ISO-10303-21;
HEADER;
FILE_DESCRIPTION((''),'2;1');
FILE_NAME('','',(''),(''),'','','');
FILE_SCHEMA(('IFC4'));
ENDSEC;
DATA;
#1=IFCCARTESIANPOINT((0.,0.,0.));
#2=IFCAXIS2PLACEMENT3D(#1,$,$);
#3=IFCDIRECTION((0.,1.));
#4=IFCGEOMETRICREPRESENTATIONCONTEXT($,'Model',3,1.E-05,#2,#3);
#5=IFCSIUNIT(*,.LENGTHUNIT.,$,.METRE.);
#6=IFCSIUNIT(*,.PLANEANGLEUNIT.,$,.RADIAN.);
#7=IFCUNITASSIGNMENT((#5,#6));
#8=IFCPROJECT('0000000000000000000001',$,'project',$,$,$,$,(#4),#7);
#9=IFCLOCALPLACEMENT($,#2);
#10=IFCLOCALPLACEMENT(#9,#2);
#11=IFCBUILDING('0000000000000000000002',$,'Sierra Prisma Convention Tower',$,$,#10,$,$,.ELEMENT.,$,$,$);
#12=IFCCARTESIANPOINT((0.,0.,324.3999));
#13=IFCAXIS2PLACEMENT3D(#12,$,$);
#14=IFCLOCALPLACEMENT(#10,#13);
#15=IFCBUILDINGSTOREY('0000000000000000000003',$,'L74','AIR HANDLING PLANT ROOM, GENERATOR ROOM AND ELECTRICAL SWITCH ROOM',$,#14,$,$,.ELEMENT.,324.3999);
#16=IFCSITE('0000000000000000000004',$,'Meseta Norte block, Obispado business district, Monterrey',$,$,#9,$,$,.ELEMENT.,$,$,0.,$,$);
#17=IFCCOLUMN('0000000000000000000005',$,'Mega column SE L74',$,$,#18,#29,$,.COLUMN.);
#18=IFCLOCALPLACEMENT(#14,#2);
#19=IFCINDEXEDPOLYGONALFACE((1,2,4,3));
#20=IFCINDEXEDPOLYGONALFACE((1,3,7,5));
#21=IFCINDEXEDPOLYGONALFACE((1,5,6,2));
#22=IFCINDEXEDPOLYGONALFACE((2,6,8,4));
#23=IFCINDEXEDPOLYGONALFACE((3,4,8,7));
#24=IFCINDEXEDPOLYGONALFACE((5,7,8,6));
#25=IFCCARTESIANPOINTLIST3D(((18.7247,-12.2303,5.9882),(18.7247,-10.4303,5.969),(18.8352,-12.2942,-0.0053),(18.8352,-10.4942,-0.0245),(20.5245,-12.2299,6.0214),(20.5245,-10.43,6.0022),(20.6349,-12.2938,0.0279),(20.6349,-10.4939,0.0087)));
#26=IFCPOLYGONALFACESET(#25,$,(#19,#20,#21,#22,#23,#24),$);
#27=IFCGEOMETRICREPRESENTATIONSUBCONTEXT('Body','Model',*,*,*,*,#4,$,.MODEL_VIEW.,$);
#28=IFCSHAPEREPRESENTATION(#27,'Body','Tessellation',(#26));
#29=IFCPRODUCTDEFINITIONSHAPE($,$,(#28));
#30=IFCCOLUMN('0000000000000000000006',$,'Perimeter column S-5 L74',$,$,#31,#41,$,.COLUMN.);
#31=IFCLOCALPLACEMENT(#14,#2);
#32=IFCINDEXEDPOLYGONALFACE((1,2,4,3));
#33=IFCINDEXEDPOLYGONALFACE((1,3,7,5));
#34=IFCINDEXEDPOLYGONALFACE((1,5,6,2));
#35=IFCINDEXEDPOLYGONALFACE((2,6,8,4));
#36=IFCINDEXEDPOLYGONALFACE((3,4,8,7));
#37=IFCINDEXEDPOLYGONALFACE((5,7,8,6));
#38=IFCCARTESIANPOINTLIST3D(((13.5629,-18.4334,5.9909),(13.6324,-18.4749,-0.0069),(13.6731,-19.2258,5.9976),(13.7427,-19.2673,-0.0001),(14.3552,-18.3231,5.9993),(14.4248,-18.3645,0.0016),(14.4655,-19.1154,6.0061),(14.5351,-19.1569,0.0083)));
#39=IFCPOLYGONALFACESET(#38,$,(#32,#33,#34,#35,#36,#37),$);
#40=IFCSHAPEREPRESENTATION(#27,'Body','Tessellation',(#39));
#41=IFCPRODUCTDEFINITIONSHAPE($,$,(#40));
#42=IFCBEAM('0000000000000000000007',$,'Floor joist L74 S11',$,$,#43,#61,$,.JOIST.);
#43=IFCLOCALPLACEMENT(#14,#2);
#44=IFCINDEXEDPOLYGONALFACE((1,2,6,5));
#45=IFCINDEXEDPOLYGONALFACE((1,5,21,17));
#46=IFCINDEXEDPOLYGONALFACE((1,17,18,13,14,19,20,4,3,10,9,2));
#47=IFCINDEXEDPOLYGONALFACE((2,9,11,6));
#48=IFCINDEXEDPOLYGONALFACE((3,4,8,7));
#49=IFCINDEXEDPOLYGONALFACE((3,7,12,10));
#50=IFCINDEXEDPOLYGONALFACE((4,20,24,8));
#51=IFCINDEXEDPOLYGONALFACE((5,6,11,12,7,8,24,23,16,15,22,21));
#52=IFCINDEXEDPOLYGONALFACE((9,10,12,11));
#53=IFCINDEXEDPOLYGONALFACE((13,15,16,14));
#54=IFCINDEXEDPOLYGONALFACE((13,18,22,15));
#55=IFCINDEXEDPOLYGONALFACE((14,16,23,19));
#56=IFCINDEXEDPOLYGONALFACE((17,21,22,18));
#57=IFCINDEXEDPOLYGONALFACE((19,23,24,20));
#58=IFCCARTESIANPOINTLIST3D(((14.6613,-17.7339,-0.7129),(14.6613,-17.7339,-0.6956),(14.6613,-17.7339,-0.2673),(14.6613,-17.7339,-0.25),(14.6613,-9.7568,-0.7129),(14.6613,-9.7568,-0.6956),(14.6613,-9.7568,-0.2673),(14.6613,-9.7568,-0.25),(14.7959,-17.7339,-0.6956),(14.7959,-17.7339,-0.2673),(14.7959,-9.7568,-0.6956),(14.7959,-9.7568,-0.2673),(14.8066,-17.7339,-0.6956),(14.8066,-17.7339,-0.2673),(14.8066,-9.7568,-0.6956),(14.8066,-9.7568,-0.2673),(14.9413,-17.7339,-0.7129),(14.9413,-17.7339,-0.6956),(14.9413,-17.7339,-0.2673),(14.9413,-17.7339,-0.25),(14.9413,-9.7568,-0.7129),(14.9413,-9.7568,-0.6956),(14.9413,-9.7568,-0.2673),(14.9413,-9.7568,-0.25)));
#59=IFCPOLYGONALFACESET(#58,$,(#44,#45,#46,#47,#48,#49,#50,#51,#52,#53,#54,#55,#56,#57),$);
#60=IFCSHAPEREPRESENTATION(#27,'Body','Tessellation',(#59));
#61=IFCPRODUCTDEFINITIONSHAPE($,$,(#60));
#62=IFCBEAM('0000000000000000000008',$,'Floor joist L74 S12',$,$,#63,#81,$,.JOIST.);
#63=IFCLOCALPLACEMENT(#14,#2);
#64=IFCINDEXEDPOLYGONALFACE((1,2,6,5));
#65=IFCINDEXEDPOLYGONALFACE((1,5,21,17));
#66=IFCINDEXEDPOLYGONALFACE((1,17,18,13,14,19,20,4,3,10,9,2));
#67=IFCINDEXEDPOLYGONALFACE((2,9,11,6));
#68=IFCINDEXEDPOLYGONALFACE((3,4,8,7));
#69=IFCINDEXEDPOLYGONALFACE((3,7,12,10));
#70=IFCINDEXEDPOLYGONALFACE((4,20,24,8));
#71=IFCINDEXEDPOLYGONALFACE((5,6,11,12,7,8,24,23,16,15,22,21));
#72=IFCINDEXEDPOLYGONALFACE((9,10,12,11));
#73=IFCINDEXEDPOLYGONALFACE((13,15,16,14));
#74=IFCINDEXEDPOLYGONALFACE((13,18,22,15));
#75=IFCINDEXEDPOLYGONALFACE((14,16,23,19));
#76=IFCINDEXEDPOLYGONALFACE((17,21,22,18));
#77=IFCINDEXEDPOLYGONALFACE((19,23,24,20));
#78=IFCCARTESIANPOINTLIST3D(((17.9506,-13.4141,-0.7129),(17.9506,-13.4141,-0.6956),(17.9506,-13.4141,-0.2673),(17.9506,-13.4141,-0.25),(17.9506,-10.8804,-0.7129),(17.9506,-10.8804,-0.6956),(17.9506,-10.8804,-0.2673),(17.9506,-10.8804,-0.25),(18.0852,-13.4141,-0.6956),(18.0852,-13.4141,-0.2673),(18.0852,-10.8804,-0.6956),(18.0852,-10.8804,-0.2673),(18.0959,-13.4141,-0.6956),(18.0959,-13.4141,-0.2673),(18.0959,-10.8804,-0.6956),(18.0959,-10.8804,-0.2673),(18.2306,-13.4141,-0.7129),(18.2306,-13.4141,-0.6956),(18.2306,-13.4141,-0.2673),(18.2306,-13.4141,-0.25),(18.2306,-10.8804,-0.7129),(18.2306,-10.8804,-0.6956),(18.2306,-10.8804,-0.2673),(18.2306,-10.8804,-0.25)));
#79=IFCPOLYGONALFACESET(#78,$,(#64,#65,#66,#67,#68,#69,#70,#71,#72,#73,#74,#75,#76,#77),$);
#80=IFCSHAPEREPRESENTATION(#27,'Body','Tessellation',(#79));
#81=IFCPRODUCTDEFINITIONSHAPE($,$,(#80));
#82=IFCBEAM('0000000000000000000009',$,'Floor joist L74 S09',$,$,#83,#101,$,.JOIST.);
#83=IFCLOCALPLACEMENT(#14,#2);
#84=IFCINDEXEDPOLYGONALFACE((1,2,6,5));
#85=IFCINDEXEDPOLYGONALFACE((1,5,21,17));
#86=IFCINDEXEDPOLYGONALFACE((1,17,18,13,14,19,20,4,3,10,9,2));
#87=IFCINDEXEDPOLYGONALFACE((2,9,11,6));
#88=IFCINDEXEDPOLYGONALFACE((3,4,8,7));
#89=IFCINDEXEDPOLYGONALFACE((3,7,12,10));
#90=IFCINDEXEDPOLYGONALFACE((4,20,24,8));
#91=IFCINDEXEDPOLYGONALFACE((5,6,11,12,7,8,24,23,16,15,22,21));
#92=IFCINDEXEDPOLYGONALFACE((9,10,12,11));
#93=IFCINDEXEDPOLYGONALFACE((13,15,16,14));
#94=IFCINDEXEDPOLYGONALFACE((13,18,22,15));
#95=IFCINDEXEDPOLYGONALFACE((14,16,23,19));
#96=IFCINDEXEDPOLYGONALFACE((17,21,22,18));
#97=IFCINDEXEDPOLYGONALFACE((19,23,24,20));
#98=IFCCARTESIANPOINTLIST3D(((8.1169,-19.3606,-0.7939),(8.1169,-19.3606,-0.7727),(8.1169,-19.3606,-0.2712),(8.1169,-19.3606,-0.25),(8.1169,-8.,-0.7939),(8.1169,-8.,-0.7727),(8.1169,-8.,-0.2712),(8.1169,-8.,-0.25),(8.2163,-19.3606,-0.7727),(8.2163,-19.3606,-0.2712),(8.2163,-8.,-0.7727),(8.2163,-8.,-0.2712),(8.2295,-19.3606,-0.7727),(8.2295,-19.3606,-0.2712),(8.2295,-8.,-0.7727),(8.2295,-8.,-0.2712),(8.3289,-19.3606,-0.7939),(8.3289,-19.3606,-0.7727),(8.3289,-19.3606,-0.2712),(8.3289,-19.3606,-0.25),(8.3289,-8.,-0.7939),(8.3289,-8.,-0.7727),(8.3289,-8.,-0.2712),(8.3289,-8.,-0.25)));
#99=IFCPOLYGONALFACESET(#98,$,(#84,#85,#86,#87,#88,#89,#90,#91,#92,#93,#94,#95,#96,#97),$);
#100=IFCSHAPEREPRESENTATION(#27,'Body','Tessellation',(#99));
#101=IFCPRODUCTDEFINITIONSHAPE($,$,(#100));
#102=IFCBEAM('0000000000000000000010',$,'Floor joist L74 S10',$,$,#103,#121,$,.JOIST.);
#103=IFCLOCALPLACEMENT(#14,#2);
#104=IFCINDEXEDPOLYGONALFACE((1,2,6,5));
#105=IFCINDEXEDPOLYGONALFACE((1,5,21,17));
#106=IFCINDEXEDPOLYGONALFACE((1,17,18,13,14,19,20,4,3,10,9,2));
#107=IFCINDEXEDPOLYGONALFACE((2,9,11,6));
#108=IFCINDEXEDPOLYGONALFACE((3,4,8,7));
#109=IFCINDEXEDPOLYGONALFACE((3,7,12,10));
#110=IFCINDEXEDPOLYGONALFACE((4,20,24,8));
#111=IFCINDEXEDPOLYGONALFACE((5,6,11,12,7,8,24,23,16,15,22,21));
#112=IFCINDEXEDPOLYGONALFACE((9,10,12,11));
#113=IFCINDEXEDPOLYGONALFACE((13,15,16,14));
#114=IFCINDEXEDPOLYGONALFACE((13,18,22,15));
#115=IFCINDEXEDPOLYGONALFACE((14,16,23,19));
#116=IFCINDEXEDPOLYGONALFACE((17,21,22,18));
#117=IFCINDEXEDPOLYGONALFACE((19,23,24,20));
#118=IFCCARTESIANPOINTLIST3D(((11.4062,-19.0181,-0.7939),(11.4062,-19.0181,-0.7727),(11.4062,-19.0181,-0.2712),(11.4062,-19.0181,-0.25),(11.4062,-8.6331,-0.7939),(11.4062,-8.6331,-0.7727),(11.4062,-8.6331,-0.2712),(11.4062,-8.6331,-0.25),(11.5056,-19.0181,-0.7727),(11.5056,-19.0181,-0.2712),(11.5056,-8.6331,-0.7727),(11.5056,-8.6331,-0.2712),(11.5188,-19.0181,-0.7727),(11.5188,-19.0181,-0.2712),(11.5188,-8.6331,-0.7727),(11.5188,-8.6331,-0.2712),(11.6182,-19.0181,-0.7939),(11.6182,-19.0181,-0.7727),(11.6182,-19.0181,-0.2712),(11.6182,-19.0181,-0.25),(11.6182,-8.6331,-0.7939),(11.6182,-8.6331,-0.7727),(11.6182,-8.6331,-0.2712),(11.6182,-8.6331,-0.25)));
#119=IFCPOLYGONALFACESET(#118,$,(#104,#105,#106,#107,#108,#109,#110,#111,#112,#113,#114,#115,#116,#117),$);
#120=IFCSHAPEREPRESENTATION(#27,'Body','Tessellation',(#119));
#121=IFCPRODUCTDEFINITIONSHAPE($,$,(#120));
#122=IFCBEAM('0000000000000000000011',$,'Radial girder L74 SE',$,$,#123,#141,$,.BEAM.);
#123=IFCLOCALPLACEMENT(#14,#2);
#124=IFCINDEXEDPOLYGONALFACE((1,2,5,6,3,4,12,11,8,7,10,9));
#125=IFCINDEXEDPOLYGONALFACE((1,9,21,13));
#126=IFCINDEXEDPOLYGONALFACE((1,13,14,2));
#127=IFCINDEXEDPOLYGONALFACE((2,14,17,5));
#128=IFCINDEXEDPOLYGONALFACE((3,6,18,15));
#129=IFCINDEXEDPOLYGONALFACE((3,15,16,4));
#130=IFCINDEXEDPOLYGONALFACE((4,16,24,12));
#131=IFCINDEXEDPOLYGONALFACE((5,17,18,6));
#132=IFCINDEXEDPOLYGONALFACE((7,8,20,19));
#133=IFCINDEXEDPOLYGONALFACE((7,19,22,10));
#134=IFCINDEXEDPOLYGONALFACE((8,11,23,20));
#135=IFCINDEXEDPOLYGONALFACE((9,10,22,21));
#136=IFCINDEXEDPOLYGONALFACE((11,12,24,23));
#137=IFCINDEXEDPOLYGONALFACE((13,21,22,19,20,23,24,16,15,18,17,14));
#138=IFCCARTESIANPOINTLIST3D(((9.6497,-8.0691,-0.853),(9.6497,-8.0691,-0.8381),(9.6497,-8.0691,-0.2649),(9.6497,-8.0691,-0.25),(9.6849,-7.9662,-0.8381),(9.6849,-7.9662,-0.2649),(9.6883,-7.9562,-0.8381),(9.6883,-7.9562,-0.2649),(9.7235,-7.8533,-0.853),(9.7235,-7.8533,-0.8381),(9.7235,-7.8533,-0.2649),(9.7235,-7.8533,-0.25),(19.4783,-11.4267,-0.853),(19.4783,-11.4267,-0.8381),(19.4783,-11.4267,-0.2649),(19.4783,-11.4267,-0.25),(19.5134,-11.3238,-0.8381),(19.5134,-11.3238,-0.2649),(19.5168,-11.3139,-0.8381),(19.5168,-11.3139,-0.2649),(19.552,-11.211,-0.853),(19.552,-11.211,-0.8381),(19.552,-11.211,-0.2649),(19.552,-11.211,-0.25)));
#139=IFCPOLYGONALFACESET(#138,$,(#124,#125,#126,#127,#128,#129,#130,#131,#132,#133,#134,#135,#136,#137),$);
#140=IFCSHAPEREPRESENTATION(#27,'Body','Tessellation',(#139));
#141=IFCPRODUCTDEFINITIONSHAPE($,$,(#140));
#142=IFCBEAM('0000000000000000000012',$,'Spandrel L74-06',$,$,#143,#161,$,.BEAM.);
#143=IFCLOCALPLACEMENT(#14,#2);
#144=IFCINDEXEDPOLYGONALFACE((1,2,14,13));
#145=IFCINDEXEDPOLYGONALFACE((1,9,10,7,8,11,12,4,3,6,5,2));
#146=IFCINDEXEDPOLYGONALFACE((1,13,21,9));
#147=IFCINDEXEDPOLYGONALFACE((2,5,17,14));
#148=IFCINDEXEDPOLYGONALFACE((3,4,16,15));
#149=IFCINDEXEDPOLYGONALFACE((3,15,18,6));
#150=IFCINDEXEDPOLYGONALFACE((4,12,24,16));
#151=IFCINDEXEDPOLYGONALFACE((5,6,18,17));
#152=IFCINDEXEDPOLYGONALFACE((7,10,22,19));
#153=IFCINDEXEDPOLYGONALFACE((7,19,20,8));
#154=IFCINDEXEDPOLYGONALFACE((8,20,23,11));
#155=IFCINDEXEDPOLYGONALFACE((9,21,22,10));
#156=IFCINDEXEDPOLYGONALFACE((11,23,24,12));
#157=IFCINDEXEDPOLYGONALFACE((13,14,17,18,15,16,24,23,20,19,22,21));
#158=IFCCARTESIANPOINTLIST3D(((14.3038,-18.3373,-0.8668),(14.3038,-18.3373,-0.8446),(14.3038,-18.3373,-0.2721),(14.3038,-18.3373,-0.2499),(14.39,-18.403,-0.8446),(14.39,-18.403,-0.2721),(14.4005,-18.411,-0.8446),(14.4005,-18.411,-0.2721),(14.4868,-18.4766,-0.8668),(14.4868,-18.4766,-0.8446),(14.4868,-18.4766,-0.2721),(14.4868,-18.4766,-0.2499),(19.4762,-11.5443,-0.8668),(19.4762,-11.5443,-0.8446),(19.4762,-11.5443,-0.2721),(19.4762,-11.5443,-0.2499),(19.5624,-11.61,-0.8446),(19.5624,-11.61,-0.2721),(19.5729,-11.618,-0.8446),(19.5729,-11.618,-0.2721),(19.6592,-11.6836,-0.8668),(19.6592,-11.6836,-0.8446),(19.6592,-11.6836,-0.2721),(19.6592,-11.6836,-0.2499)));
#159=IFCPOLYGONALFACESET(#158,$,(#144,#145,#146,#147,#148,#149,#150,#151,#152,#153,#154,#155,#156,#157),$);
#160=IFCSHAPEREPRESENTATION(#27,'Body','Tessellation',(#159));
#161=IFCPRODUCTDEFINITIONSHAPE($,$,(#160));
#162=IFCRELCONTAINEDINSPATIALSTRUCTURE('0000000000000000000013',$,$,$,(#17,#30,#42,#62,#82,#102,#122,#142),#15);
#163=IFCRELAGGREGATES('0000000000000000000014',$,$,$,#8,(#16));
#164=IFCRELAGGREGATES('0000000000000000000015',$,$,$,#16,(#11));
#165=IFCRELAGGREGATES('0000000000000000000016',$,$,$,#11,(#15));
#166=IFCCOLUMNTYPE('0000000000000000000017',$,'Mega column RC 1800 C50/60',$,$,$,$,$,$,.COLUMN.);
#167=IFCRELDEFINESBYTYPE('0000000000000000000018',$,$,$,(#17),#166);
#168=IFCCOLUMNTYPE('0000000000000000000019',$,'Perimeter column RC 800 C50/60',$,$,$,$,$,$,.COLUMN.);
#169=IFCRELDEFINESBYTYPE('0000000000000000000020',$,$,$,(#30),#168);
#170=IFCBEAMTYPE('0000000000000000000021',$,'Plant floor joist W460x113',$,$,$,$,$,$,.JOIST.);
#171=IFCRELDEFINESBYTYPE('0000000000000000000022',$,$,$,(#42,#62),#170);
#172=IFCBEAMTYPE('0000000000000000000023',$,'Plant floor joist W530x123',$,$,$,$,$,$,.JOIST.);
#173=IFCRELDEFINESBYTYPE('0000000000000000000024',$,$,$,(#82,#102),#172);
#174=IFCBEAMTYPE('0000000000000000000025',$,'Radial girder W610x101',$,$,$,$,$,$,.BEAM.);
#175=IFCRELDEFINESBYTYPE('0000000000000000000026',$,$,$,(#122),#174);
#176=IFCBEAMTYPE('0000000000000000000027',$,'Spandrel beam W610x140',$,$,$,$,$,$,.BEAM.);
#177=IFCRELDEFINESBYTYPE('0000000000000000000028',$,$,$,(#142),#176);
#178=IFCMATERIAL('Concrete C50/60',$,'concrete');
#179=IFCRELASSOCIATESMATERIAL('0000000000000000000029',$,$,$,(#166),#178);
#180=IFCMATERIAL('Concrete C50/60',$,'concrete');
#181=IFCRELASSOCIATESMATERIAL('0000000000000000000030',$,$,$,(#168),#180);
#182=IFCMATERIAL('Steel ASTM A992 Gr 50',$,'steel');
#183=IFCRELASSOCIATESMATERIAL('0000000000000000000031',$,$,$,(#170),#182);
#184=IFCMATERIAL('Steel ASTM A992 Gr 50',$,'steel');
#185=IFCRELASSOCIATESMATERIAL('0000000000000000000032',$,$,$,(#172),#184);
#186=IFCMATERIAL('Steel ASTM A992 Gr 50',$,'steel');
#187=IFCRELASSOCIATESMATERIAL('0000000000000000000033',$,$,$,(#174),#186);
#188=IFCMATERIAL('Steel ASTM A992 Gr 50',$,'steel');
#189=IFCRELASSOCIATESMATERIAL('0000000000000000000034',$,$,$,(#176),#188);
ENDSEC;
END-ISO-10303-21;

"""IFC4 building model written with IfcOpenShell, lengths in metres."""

from ifc_helpers import new_model, si_unit, direction, frame, origin, origin_2d, place, context, subcontext, project, spatial, rectangle, i_section, extrude, clip, halfspace, material, material_profile, profile_set, type_object, element, save


model = new_model("IFC4")

# Units and contexts
model_context = context("Model", 3, precision=1e-05, world=origin(), true_north=direction((0.0, 1.0)))
body_context = subcontext(model_context, "Body", "Model", "MODEL_VIEW")
ifc_project = project(units=[si_unit("LENGTHUNIT", "METRE"), si_unit("PLANEANGLEUNIT", "RADIAN")], contexts=[model_context])

# Site, building, storey
site_placement = place(None, origin())
site = spatial("IfcSite", under=ifc_project, at=site_placement, Name="Meseta Norte block, Obispado business district, Monterrey", CompositionType="ELEMENT", RefElevation=0.0)
building_placement = place(site_placement, origin())
building = spatial("IfcBuilding", under=site, at=building_placement, Name="Sierra Prisma Convention Tower", CompositionType="ELEMENT")
storey_placement = place(building_placement, frame((0.0, 0.0, 324.3999)))
storey = spatial("IfcBuildingStorey", under=building, at=storey_placement, Name="L74", Description="AIR HANDLING PLANT ROOM, GENERATOR ROOM AND ELECTRICAL SWITCH ROOM", CompositionType="ELEMENT", Elevation=324.3999)

# Columns
ifc_material_1 = material(Name="Concrete C50/60", Category="concrete")
ifc_material_profile_1 = material_profile(ifc_material_1, rectangle(XDim=1.8, YDim=1.8, at=origin_2d()), Name="Mega column RC 1800 C50/60")
ifc_profile_set_1 = profile_set([ifc_material_profile_1], Name="Concrete C50/60")
column_type_1 = type_object("IfcColumnType", Name="Mega column RC 1800 C50/60", PredefinedType="COLUMN", material=ifc_profile_set_1)
column_1_placement = place(storey_placement, frame((19.7351, -11.394, 0.0), z_axis=(-0.018428, 0.010658, 0.999773), x_axis=(0.99983, 0.000196, 0.018427)))
element("IfcColumn", 1, at=column_1_placement, inside=storey, type_object=column_type_1, Name="Mega column SE L74", PredefinedType="COLUMN", context=body_context, shape_type="SweptSolid", body=[
    clip(clip(extrude(rectangle(XDim=1.8, YDim=1.8, at=origin_2d()), origin(), (0.0, 0.0, 1.0), 6.0015), halfspace(frame((0.0, 0.0, 0.0017)), True)), halfspace(frame((0.0, 0.0, 5.9966)), False)),
])
ifc_material_2 = material(Name="Concrete C50/60", Category="concrete")
ifc_material_profile_2 = material_profile(ifc_material_2, rectangle(XDim=0.8, YDim=0.8, at=origin_2d()), Name="Perimeter column RC 800 C50/60")
ifc_profile_set_2 = profile_set([ifc_material_profile_2], Name="Concrete C50/60")
column_type_2 = type_object("IfcColumnType", Name="Perimeter column RC 800 C50/60", PredefinedType="COLUMN", material=ifc_profile_set_2)
column_2_placement = place(storey_placement, frame((14.0837, -18.8159, 0.0), z_axis=(-0.011596, 0.006917, 0.999909), x_axis=(0.990384, 0.137944, 0.010531)))
element("IfcColumn", 2, at=column_2_placement, inside=storey, type_object=column_type_2, Name="Perimeter column S-5 L74", PredefinedType="COLUMN", context=body_context, shape_type="SweptSolid", body=[
    clip(clip(extrude(rectangle(XDim=0.8, YDim=0.8, at=origin_2d()), origin(), (0.0, 0.0, 1.0), 6.0005), halfspace(frame((0.0, 0.0, 0.0007)), True)), halfspace(frame((0.0, 0.0, 5.999)), False)),
])

# Beams
ifc_material_3 = material(Name="Steel ASTM A992 Gr 50", Category="steel")
ifc_material_profile_3 = material_profile(ifc_material_3, i_section(OverallWidth=0.28, OverallDepth=0.4629, WebThickness=0.0107, FlangeThickness=0.0173, at=origin_2d()), Name="W460x113")
ifc_profile_set_3 = profile_set([ifc_material_profile_3], Name="Steel ASTM A992 Gr 50")
beam_type_1 = type_object("IfcBeamType", Name="Plant floor joist W460x113", PredefinedType="JOIST", material=ifc_profile_set_3)
beam_1_placement = place(storey_placement, frame((14.8013, -17.7339, -0.4814), z_axis=(0.0, 1.0, 0.0), x_axis=(-1.0, 0.0, 0.0)))
element("IfcBeam", 3, at=beam_1_placement, inside=storey, type_object=beam_type_1, Name="Floor joist L74 S11", PredefinedType="JOIST", context=body_context, shape_type="SweptSolid", body=[
    extrude(i_section(OverallWidth=0.28, OverallDepth=0.4629, WebThickness=0.0107, FlangeThickness=0.0173, at=origin_2d()), origin(), (0.0, 0.0, 1.0), 7.9771),
])
beam_2_placement = place(storey_placement, frame((18.0906, -13.4141, -0.4814), z_axis=(0.0, 1.0, 0.0), x_axis=(-1.0, 0.0, 0.0)))
element("IfcBeam", 4, at=beam_2_placement, inside=storey, type_object=beam_type_1, Name="Floor joist L74 S12", PredefinedType="JOIST", context=body_context, shape_type="SweptSolid", body=[
    extrude(i_section(OverallWidth=0.28, OverallDepth=0.4629, WebThickness=0.0107, FlangeThickness=0.0173, at=origin_2d()), origin(), (0.0, 0.0, 1.0), 2.5337),
])
ifc_material_4 = material(Name="Steel ASTM A992 Gr 50", Category="steel")
ifc_material_profile_4 = material_profile(ifc_material_4, i_section(OverallWidth=0.2119, OverallDepth=0.5439, WebThickness=0.0132, FlangeThickness=0.0212, at=origin_2d()), Name="W530x123")
ifc_profile_set_4 = profile_set([ifc_material_profile_4], Name="Steel ASTM A992 Gr 50")
beam_type_2 = type_object("IfcBeamType", Name="Plant floor joist W530x123", PredefinedType="JOIST", material=ifc_profile_set_4)
beam_3_placement = place(storey_placement, frame((8.2229, -19.3606, -0.522), z_axis=(0.0, 1.0, 0.0), x_axis=(-1.0, 0.0, 0.0)))
element("IfcBeam", 5, at=beam_3_placement, inside=storey, type_object=beam_type_2, Name="Floor joist L74 S09", PredefinedType="JOIST", context=body_context, shape_type="SweptSolid", body=[
    extrude(i_section(OverallWidth=0.2119, OverallDepth=0.5439, WebThickness=0.0132, FlangeThickness=0.0212, at=origin_2d()), origin(), (0.0, 0.0, 1.0), 11.3606),
])
beam_4_placement = place(storey_placement, frame((11.5122, -19.0181, -0.522), z_axis=(0.0, 1.0, 0.0), x_axis=(-1.0, 0.0, 0.0)))
element("IfcBeam", 6, at=beam_4_placement, inside=storey, type_object=beam_type_2, Name="Floor joist L74 S10", PredefinedType="JOIST", context=body_context, shape_type="SweptSolid", body=[
    extrude(i_section(OverallWidth=0.2119, OverallDepth=0.5439, WebThickness=0.0132, FlangeThickness=0.0212, at=origin_2d()), origin(), (0.0, 0.0, 1.0), 10.385),
])
ifc_material_5 = material(Name="Steel ASTM A992 Gr 50", Category="steel")
ifc_material_profile_5 = material_profile(ifc_material_5, i_section(OverallWidth=0.228, OverallDepth=0.603, WebThickness=0.0105, FlangeThickness=0.0149, at=origin_2d()), Name="W610x101")
ifc_profile_set_5 = profile_set([ifc_material_profile_5], Name="Steel ASTM A992 Gr 50")
beam_type_3 = type_object("IfcBeamType", Name="Radial girder W610x101", PredefinedType="BEAM", material=ifc_profile_set_5)
beam_5_placement = place(storey_placement, frame((19.5151, -11.3188, -0.5515), z_axis=(-0.946304, 0.323278, 0.0), x_axis=(-0.323278, -0.946304, 0.0)))
element("IfcBeam", 7, at=beam_5_placement, inside=storey, type_object=beam_type_3, Name="Radial girder L74 SE", PredefinedType="BEAM", context=body_context, shape_type="SweptSolid", body=[
    extrude(i_section(OverallWidth=0.228, OverallDepth=0.603, WebThickness=0.0105, FlangeThickness=0.0149, at=origin_2d()), origin(), (0.0, 0.0, 1.0), 10.3862),
])
ifc_material_6 = material(Name="Steel ASTM A992 Gr 50", Category="steel")
ifc_material_profile_6 = material_profile(ifc_material_6, i_section(OverallWidth=0.23, OverallDepth=0.6169, WebThickness=0.0132, FlangeThickness=0.0222, at=origin_2d()), Name="W610x140")
ifc_profile_set_6 = profile_set([ifc_material_profile_6], Name="Steel ASTM A992 Gr 50")
beam_type_4 = type_object("IfcBeamType", Name="Spandrel beam W610x140", PredefinedType="BEAM", material=ifc_profile_set_6)
beam_6_placement = place(storey_placement, frame((14.3953, -18.407, -0.5583), z_axis=(0.605804, 0.795614, 0.0), x_axis=(-0.795614, 0.605804, 0.0)))
element("IfcBeam", 8, at=beam_6_placement, inside=storey, type_object=beam_type_4, Name="Spandrel L74-06", PredefinedType="BEAM", context=body_context, shape_type="SweptSolid", body=[
    extrude(i_section(OverallWidth=0.23, OverallDepth=0.6169, WebThickness=0.0132, FlangeThickness=0.0222, at=origin_2d()), origin(), (0.0, 0.0, 1.0), 8.5381),
])

save(model, "model.ifc")
